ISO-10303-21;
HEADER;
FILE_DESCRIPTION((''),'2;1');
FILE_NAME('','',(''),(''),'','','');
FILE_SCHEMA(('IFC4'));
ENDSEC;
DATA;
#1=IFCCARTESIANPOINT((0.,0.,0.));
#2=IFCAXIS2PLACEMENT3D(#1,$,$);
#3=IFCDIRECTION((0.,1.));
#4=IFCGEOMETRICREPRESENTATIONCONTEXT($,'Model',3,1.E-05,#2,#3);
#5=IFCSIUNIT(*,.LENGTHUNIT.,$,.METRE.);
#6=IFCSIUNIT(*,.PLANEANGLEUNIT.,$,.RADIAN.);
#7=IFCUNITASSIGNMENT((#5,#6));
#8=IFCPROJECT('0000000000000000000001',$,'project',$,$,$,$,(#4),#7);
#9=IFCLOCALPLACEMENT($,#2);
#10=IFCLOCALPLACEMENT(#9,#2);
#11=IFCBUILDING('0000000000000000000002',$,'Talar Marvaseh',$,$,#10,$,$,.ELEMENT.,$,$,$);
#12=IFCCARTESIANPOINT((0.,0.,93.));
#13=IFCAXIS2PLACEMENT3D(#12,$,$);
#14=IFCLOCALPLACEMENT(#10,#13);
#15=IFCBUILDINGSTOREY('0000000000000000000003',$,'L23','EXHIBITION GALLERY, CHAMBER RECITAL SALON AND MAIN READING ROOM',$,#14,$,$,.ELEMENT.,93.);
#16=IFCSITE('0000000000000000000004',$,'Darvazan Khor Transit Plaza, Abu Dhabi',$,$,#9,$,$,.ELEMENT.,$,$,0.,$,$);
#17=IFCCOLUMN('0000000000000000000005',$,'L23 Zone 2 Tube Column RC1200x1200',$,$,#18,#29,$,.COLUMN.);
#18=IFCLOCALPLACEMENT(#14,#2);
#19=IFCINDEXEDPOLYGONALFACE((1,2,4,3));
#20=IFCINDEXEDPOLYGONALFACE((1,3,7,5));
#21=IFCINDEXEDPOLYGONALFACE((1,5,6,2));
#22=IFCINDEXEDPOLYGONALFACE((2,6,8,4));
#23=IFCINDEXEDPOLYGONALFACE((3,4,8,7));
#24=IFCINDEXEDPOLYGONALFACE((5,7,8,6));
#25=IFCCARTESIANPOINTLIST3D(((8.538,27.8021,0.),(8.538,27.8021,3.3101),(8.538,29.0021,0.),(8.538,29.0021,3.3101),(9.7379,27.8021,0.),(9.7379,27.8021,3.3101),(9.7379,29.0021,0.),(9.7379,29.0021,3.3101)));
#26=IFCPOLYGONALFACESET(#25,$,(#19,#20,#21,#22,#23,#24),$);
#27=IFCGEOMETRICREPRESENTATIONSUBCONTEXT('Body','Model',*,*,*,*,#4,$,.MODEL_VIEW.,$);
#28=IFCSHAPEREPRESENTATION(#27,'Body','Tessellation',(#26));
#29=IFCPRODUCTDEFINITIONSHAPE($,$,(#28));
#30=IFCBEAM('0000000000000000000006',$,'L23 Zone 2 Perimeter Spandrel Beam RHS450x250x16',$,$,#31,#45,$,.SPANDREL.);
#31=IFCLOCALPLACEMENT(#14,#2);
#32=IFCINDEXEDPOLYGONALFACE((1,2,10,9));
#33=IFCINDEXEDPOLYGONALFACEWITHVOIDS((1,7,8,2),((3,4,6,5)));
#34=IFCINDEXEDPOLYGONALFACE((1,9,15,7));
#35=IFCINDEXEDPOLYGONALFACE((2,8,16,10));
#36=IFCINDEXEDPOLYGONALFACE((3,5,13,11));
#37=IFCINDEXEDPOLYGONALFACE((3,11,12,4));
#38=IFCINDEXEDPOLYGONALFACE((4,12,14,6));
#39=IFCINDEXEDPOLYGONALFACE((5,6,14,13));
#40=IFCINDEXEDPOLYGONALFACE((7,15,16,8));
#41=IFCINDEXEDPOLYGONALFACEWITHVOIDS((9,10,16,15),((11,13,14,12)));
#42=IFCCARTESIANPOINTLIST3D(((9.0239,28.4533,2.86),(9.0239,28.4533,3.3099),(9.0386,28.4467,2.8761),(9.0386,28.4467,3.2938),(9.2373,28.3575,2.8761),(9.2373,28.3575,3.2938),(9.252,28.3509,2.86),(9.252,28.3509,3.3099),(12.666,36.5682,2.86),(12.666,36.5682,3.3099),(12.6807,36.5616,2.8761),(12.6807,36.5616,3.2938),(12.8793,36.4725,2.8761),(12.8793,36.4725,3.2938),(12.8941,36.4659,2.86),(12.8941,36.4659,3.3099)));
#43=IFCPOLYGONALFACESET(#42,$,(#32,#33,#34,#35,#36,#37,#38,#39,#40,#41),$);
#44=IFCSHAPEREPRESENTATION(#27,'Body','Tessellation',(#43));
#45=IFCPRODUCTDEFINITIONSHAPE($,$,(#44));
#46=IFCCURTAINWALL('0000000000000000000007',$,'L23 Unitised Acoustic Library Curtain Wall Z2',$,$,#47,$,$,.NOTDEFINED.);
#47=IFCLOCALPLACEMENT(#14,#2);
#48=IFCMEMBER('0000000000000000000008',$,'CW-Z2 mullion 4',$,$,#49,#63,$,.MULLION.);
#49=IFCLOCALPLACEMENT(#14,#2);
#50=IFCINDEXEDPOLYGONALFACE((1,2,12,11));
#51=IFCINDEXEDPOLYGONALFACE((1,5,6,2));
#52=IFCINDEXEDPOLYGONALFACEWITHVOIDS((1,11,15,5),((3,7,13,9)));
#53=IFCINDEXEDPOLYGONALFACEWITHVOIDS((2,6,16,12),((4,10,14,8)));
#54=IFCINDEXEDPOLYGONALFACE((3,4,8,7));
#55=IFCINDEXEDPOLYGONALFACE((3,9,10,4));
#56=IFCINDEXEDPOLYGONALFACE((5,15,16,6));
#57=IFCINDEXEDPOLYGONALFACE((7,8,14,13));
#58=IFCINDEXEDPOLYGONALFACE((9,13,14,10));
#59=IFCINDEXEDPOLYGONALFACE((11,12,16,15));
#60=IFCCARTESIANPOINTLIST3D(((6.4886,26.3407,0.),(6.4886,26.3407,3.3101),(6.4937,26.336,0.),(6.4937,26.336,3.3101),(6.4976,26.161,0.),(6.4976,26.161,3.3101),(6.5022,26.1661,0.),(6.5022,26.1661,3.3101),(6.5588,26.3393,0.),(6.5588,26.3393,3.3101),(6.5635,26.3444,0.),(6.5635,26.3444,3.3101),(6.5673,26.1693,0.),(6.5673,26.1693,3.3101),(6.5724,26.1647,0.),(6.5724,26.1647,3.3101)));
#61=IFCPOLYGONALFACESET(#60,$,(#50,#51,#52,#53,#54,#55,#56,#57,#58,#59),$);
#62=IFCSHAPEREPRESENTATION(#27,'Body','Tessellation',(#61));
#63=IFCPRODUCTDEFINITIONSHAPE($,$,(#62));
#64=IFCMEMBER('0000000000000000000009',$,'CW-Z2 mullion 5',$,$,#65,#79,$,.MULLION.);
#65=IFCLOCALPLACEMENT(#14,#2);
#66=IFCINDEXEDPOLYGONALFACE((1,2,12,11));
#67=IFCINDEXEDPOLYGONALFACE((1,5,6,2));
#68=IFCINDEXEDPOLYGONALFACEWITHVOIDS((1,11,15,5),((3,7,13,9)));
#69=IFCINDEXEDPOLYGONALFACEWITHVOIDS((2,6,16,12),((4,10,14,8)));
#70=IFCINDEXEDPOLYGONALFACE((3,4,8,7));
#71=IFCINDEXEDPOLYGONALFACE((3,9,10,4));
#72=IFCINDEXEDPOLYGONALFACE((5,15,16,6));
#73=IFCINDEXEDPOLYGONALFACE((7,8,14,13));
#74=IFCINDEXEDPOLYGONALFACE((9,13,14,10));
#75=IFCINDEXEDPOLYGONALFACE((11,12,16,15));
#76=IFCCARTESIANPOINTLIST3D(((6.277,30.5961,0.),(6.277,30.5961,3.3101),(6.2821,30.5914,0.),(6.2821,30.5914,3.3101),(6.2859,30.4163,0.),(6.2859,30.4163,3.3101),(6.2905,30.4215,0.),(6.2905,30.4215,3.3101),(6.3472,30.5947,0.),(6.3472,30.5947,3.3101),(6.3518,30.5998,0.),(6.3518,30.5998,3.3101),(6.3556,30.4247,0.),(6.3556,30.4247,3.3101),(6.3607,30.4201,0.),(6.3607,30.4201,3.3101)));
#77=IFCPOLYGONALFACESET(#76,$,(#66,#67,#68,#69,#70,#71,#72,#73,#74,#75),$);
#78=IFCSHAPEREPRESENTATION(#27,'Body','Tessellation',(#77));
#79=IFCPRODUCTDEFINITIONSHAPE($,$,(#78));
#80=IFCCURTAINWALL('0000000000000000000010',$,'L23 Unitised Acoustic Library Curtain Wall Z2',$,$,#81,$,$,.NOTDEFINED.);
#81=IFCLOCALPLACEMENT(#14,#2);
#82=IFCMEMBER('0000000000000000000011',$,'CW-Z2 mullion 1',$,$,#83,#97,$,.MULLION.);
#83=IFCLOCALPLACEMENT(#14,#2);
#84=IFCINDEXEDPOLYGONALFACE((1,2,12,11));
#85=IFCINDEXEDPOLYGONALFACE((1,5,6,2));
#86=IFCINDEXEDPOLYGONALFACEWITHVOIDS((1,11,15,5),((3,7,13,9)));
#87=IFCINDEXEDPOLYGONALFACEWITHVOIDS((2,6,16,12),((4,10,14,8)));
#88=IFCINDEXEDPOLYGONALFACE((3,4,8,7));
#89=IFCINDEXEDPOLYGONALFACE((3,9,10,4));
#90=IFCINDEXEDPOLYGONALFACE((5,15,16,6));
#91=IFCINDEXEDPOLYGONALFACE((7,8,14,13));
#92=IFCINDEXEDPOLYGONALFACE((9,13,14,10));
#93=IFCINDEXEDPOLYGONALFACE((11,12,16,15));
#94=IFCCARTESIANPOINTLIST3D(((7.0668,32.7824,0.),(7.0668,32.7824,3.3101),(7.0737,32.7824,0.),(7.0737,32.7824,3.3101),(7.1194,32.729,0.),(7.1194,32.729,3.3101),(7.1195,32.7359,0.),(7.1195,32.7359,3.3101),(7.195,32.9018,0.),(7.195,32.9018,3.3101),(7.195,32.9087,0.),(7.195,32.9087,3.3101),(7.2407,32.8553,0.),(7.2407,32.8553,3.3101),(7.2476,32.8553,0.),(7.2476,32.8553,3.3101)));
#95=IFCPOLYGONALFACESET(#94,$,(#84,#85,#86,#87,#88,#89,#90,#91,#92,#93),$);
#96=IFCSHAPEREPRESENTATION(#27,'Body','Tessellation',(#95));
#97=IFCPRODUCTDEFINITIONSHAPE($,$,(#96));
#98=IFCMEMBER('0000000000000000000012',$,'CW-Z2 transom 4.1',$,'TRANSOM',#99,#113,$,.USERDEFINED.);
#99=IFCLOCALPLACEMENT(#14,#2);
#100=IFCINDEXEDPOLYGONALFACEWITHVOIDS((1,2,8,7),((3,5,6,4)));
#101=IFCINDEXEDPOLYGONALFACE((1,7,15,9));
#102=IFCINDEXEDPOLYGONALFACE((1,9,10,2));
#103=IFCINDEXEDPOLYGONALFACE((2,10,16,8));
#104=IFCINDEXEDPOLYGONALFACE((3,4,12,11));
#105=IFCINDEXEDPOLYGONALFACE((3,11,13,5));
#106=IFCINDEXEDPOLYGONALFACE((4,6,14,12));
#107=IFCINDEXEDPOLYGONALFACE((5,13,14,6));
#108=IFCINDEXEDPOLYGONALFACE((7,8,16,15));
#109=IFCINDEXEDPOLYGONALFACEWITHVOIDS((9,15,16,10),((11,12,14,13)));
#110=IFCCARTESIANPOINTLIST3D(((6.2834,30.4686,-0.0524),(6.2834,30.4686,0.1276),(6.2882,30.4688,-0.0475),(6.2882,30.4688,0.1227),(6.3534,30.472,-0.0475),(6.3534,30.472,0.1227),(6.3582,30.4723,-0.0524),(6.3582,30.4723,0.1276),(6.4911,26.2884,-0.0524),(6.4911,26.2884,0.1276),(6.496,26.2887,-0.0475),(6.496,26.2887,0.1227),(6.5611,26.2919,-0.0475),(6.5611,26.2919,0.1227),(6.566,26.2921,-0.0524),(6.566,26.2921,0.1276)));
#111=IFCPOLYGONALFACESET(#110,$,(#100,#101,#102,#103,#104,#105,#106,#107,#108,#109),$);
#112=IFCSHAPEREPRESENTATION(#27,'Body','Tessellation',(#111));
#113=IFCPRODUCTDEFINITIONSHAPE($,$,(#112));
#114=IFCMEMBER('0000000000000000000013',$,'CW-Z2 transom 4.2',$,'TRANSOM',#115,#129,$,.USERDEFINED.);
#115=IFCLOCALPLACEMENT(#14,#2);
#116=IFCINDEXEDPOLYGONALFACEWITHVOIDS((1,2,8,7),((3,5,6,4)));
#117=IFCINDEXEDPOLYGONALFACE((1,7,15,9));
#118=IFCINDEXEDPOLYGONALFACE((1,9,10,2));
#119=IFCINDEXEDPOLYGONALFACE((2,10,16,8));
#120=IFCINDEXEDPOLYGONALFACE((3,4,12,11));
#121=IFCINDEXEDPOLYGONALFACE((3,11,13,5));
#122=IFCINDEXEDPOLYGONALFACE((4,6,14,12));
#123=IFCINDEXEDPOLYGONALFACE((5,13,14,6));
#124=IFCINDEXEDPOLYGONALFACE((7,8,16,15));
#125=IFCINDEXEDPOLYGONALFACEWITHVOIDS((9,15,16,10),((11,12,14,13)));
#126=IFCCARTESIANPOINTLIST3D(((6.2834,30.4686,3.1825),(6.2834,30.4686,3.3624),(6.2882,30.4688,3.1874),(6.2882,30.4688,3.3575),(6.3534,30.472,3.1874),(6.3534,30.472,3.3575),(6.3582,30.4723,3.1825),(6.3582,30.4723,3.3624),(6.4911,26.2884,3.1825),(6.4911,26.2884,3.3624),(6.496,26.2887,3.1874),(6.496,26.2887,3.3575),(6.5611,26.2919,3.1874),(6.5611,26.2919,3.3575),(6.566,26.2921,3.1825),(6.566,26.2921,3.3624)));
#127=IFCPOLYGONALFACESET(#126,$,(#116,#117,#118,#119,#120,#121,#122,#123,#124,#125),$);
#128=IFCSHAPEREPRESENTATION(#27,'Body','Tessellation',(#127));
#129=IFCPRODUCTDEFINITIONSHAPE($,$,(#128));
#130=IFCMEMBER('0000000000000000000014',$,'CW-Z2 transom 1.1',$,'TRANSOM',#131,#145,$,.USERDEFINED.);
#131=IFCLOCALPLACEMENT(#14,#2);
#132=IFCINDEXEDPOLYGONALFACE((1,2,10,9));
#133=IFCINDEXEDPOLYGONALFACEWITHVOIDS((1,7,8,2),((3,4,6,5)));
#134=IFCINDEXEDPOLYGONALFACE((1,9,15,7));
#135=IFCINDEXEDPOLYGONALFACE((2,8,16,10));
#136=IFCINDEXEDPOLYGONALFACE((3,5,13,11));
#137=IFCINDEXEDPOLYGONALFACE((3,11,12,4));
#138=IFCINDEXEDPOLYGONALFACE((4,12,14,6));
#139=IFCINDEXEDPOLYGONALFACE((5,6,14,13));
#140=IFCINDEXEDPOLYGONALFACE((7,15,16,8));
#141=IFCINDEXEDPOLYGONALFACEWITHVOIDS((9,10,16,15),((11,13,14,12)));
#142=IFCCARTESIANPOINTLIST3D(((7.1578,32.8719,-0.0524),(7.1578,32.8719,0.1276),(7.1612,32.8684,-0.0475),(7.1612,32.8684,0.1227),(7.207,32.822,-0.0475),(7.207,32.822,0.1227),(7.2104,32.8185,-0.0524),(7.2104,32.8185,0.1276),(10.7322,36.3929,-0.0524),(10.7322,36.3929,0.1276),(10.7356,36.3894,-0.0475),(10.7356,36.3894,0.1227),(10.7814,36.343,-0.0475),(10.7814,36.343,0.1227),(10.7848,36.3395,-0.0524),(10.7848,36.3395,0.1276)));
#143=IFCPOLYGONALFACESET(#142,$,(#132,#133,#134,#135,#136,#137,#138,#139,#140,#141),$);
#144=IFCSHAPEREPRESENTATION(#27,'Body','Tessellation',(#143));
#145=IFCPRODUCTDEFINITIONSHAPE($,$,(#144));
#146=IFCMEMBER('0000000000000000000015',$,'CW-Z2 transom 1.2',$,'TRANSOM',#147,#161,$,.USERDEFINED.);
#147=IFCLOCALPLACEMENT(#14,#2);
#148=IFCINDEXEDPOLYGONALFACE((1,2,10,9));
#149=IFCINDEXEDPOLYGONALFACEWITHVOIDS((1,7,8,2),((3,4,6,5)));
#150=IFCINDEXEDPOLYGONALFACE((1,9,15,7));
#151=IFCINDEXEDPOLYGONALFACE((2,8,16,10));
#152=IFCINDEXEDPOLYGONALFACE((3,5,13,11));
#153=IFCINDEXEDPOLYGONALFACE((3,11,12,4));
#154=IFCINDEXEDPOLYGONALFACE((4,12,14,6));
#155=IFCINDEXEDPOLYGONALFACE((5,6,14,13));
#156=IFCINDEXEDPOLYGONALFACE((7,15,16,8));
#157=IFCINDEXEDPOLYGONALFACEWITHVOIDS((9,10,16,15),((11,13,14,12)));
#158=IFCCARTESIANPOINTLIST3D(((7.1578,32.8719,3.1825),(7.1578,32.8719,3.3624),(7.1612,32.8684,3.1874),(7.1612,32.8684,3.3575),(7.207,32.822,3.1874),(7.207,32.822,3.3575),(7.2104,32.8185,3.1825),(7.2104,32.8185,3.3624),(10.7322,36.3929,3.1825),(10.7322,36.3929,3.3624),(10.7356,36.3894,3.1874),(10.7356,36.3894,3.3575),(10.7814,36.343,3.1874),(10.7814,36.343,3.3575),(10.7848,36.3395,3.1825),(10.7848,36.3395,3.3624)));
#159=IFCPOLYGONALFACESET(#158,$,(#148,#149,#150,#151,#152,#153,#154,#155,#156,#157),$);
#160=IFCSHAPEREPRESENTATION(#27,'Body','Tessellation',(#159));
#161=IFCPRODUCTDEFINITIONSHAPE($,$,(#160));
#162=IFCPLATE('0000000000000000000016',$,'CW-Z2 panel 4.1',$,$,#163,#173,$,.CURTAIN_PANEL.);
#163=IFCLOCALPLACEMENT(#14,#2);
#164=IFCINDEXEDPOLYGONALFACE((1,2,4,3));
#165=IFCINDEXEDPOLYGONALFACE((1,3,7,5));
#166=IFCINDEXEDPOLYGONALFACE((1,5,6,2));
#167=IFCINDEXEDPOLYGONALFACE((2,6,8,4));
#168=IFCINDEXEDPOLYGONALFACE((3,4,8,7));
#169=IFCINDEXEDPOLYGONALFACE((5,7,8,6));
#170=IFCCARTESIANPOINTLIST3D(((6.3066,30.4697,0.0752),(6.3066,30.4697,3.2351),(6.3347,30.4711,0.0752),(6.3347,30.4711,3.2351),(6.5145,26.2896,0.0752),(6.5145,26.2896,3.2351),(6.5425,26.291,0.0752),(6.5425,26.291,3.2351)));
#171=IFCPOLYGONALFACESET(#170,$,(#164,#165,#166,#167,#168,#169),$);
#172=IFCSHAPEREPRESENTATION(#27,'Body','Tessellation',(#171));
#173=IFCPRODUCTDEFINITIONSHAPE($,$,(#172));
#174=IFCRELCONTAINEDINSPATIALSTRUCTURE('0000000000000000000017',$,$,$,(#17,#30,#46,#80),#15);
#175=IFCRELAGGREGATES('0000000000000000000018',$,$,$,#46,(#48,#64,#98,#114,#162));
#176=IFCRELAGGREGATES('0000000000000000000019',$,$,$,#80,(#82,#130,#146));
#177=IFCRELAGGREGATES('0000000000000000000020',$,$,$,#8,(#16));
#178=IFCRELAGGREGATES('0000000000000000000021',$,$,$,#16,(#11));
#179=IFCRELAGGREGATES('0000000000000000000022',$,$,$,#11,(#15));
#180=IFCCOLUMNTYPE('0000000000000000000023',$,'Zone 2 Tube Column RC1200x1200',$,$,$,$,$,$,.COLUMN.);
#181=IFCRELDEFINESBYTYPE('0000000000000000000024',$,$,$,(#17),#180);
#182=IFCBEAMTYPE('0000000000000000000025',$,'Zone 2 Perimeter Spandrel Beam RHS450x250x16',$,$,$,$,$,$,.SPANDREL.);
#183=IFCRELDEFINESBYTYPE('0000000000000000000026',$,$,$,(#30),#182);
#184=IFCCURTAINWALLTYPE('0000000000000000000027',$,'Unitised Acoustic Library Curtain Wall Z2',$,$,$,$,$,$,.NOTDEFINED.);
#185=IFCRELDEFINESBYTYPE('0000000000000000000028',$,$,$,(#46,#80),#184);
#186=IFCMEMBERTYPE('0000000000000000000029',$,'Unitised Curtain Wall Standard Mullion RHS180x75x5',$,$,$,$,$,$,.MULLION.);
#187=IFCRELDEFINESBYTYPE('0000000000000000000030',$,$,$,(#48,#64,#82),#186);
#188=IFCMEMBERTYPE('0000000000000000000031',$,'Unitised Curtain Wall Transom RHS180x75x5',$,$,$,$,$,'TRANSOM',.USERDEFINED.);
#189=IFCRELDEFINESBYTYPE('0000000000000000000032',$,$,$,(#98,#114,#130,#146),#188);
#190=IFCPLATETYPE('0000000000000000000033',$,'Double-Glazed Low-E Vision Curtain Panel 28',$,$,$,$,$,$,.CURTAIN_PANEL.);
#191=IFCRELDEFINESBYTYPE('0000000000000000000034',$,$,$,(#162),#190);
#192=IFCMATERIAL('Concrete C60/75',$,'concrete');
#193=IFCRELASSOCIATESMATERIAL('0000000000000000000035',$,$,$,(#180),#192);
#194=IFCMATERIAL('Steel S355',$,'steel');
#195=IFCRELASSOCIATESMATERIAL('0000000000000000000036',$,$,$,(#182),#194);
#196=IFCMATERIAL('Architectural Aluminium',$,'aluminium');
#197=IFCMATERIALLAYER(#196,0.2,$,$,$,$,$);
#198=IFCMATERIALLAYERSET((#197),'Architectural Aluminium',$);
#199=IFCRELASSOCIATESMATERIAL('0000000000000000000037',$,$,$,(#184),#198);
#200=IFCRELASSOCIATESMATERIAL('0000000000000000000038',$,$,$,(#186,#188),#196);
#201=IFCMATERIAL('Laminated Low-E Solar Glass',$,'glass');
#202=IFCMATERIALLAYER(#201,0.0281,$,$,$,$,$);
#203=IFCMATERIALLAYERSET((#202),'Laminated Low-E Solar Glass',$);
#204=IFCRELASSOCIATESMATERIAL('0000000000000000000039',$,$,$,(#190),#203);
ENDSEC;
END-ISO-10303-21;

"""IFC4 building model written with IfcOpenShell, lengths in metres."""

from ifc_helpers import new_model, si_unit, direction, frame, origin, origin_2d, place, context, subcontext, project, spatial, rectangle, hollow_rectangle, extrude, source, transform, mapped, material, layer, layer_set, material_profile, profile_set, type_object, type_shapes, element, aggregate, save


model = new_model("IFC4")

# Units and contexts
model_context = context("Model", 3, precision=1e-05, world=origin(), true_north=direction((0.0, 1.0)))
body_context = subcontext(model_context, "Body", "Model", "MODEL_VIEW")
ifc_project = project(units=[si_unit("LENGTHUNIT", "METRE"), si_unit("PLANEANGLEUNIT", "RADIAN")], contexts=[model_context])

# Site, building, storey
site_placement = place(None, origin())
site = spatial("IfcSite", under=ifc_project, at=site_placement, Name="Darvazan Khor Transit Plaza, Abu Dhabi", CompositionType="ELEMENT", RefElevation=0.0)
building_placement = place(site_placement, origin())
building = spatial("IfcBuilding", under=site, at=building_placement, Name="Talar Marvaseh", CompositionType="ELEMENT")
storey_placement = place(building_placement, frame((0.0, 0.0, 93.0)))
storey = spatial("IfcBuildingStorey", under=building, at=storey_placement, Name="L23", Description="EXHIBITION GALLERY, CHAMBER RECITAL SALON AND MAIN READING ROOM", CompositionType="ELEMENT", Elevation=93.0)

# Column
ifc_material_1 = material(Name="Concrete C60/75", Category="concrete")
ifc_material_profile_1 = material_profile(ifc_material_1, rectangle(XDim=1.2, YDim=1.2, at=origin_2d()), Name="RC1200x1200")
ifc_profile_set_1 = profile_set([ifc_material_profile_1], Name="Concrete C60/75")
column_type = type_object("IfcColumnType", Name="Zone 2 Tube Column RC1200x1200", PredefinedType="COLUMN", material=ifc_profile_set_1)
column_placement = place(storey_placement, frame((9.1379, 28.4021, 0.0), z_axis=(0.0, 0.0, 1.0), x_axis=(1.0, 0.0, 0.0)))
element("IfcColumn", 1, at=column_placement, inside=storey, type_object=column_type, Name="L23 Zone 2 Tube Column RC1200x1200", PredefinedType="COLUMN", context=body_context, shape_type="SweptSolid", body=[
    extrude(rectangle(XDim=1.2, YDim=1.2, at=origin_2d()), origin(), (0.0, 0.0, 1.0), 3.3101),
])

# Beam
ifc_material_2 = material(Name="Steel S355", Category="steel")
ifc_material_profile_2 = material_profile(ifc_material_2, hollow_rectangle(XDim=0.25, YDim=0.45, WallThickness=0.0161, at=origin_2d()), Name="RHS450x250x16")
ifc_profile_set_2 = profile_set([ifc_material_profile_2], Name="Steel S355")
beam_type = type_object("IfcBeamType", Name="Zone 2 Perimeter Spandrel Beam RHS450x250x16", PredefinedType="SPANDREL", material=ifc_profile_set_2)
beam_placement = place(storey_placement, frame((9.1379, 28.4021, 3.085), z_axis=(0.409462, 0.912327, 0.0), x_axis=(-0.912327, 0.409462, 0.0)))
element("IfcBeam", 2, at=beam_placement, inside=storey, type_object=beam_type, Name="L23 Zone 2 Perimeter Spandrel Beam RHS450x250x16", PredefinedType="SPANDREL", context=body_context, shape_type="SweptSolid", body=[
    extrude(hollow_rectangle(XDim=0.25, YDim=0.45, WallThickness=0.0161, at=origin_2d()), origin(), (0.0, 0.0, 1.0), 8.8948),
])

# Curtain wall, members
ifc_material_3 = material(Name="Architectural Aluminium", Category="aluminium")
ifc_layer_1 = layer(ifc_material_3, 0.2)
ifc_layer_set_1 = layer_set([ifc_layer_1], Name="Architectural Aluminium")
curtain_wall_type = type_object("IfcCurtainWallType", Name="Unitised Acoustic Library Curtain Wall Z2", PredefinedType="NOTDEFINED", material=ifc_layer_set_1)
curtain_wall_1_placement = place(storey_placement, origin())
curtain_wall_1 = element("IfcCurtainWall", 3, at=curtain_wall_1_placement, inside=storey, type_object=curtain_wall_type, Name="L23 Unitised Acoustic Library Curtain Wall Z2", PredefinedType="NOTDEFINED")
ifc_material_profile_3 = material_profile(ifc_material_3, hollow_rectangle(XDim=0.075, YDim=0.1799, WallThickness=0.0049, at=origin_2d()), Name="RHS180x75x5")
ifc_profile_set_3 = profile_set([ifc_material_profile_3], Name="Architectural Aluminium")
member_type_1 = type_object("IfcMemberType", Name="Unitised Curtain Wall Standard Mullion RHS180x75x5", PredefinedType="MULLION", material=ifc_profile_set_3)
shared_shape_1 = source(origin(), body_context, "Body", "SweptSolid", [
    extrude(hollow_rectangle(XDim=0.075, YDim=0.1799, WallThickness=0.0049, at=origin_2d()), origin(), (0.0, 0.0, 1.0), 3.3101),
])
type_shapes(member_type_1, [shared_shape_1])
member_1_placement = place(storey_placement, frame((6.5305, 26.2527, 0.0), z_axis=(0.0, 0.0, 1.0), x_axis=(-0.998766, -0.049658, 0.0)))
member_1 = element("IfcMember", 4, at=member_1_placement, type_object=member_type_1, Name="CW-Z2 mullion 4", PredefinedType="MULLION", context=body_context, shape_type="MappedRepresentation", body=[
    mapped(shared_shape_1, transform((0.0, 0.0, 0.0), x_axis=(1.0, 0.0, 0.0), y_axis=(0.0, 1.0, 0.0), z_axis=(0.0, 0.0, 1.0), scale=1.0)),
])
member_2_placement = place(storey_placement, frame((6.3188, 30.5081, 0.0), z_axis=(0.0, 0.0, 1.0), x_axis=(-0.998766, -0.049658, 0.0)))
member_2 = element("IfcMember", 5, at=member_2_placement, type_object=member_type_1, Name="CW-Z2 mullion 5", PredefinedType="MULLION", context=body_context, shape_type="MappedRepresentation", body=[
    mapped(shared_shape_1, transform((0.0, 0.0, 0.0), x_axis=(1.0, 0.0, 0.0), y_axis=(0.0, 1.0, 0.0), z_axis=(0.0, 0.0, 1.0), scale=1.0)),
])

# Curtain wall, member
curtain_wall_2_placement = place(storey_placement, origin())
curtain_wall_2 = element("IfcCurtainWall", 6, at=curtain_wall_2_placement, inside=storey, type_object=curtain_wall_type, Name="L23 Unitised Acoustic Library Curtain Wall Z2", PredefinedType="NOTDEFINED")
member_3_placement = place(storey_placement, frame((7.1572, 32.8188, 0.0), z_axis=(0.0, 0.0, 1.0), x_axis=(-0.701755, 0.712418, 0.0)))
member_3 = element("IfcMember", 7, at=member_3_placement, type_object=member_type_1, Name="CW-Z2 mullion 1", PredefinedType="MULLION", context=body_context, shape_type="MappedRepresentation", body=[
    mapped(shared_shape_1, transform((0.0, 0.0, 0.0), x_axis=(1.0, 0.0, 0.0), y_axis=(0.0, 1.0, 0.0), z_axis=(0.0, 0.0, 1.0), scale=1.0)),
])

# Members
ifc_material_profile_4 = material_profile(ifc_material_3, hollow_rectangle(XDim=0.075, YDim=0.1799, WallThickness=0.0049, at=origin_2d()), Name="RHS180x75x5")
ifc_profile_set_4 = profile_set([ifc_material_profile_4], Name="Architectural Aluminium")
member_type_2 = type_object("IfcMemberType", Name="Unitised Curtain Wall Transom RHS180x75x5", ElementType="TRANSOM", PredefinedType="USERDEFINED", material=ifc_profile_set_4)
shared_shape_2 = source(origin(), body_context, "Body", "SweptSolid", [
    extrude(hollow_rectangle(XDim=0.075, YDim=0.1799, WallThickness=0.0049, at=origin_2d()), origin(), (0.0, 0.0, 1.0), 4.1853),
])
member_4_placement = place(storey_placement, frame((6.5286, 26.2903, 0.0376), z_axis=(-0.049641, 0.998767, 0.0), x_axis=(-0.998767, -0.049641, 0.0)))
member_4 = element("IfcMember", 8, at=member_4_placement, type_object=member_type_2, Name="CW-Z2 transom 4.1", ObjectType="TRANSOM", PredefinedType="USERDEFINED", context=body_context, shape_type="MappedRepresentation", body=[
    mapped(shared_shape_2, transform((0.0, 0.0, 0.0), x_axis=(1.0, 0.0, 0.0), y_axis=(0.0, 1.0, 0.0), z_axis=(0.0, 0.0, 1.0), scale=1.0)),
])
member_5_placement = place(storey_placement, frame((6.5286, 26.2903, 3.2725), z_axis=(-0.049641, 0.998767, 0.0), x_axis=(-0.998767, -0.049641, 0.0)))
member_5 = element("IfcMember", 9, at=member_5_placement, type_object=member_type_2, Name="CW-Z2 transom 4.2", ObjectType="TRANSOM", PredefinedType="USERDEFINED", context=body_context, shape_type="MappedRepresentation", body=[
    mapped(shared_shape_2, transform((0.0, 0.0, 0.0), x_axis=(1.0, 0.0, 0.0), y_axis=(0.0, 1.0, 0.0), z_axis=(0.0, 0.0, 1.0), scale=1.0)),
])
shared_shape_3 = source(origin(), body_context, "Body", "SweptSolid", [
    extrude(hollow_rectangle(XDim=0.075, YDim=0.1799, WallThickness=0.0049, at=origin_2d()), origin(), (0.0, 0.0, 1.0), 5.0173),
])
type_shapes(member_type_2, [shared_shape_2, shared_shape_3])
member_6_placement = place(storey_placement, frame((7.1841, 32.8452, 0.0376), z_axis=(0.712415, 0.701759, 0.0), x_axis=(-0.701759, 0.712415, 0.0)))
member_6 = element("IfcMember", 10, at=member_6_placement, type_object=member_type_2, Name="CW-Z2 transom 1.1", ObjectType="TRANSOM", PredefinedType="USERDEFINED", context=body_context, shape_type="MappedRepresentation", body=[
    mapped(shared_shape_3, transform((0.0, 0.0, 0.0), x_axis=(1.0, 0.0, 0.0), y_axis=(0.0, 1.0, 0.0), z_axis=(0.0, 0.0, 1.0), scale=1.0)),
])
member_7_placement = place(storey_placement, frame((7.1841, 32.8452, 3.2725), z_axis=(0.712415, 0.701759, 0.0), x_axis=(-0.701759, 0.712415, 0.0)))
member_7 = element("IfcMember", 11, at=member_7_placement, type_object=member_type_2, Name="CW-Z2 transom 1.2", ObjectType="TRANSOM", PredefinedType="USERDEFINED", context=body_context, shape_type="MappedRepresentation", body=[
    mapped(shared_shape_3, transform((0.0, 0.0, 0.0), x_axis=(1.0, 0.0, 0.0), y_axis=(0.0, 1.0, 0.0), z_axis=(0.0, 0.0, 1.0), scale=1.0)),
])

# Plate
ifc_material_4 = material(Name="Laminated Low-E Solar Glass", Category="glass")
ifc_layer_2 = layer(ifc_material_4, 0.0281)
ifc_layer_set_2 = layer_set([ifc_layer_2], Name="Laminated Low-E Solar Glass")
plate_type = type_object("IfcPlateType", Name="Double-Glazed Low-E Vision Curtain Panel 28", PredefinedType="CURTAIN_PANEL", material=ifc_layer_set_2)
shared_shape_4 = source(origin(), body_context, "Body", "SweptSolid", [
    extrude(rectangle(XDim=4.1853, YDim=0.0281, at=origin_2d()), origin(), (0.0, 0.0, 1.0), 3.1599),
])
plate_1_placement = place(storey_placement, frame((6.4246, 28.3804, 0.0752), z_axis=(0.0, 0.0, 1.0), x_axis=(-0.049658, 0.998766, 0.0)))
plate_1 = element("IfcPlate", 12, at=plate_1_placement, type_object=plate_type, Name="CW-Z2 panel 4.1", PredefinedType="CURTAIN_PANEL", context=body_context, shape_type="MappedRepresentation", body=[
    mapped(shared_shape_4, transform((0.0, 0.0, 0.0), x_axis=(1.0, 0.0, 0.0), y_axis=(0.0, 1.0, 0.0), z_axis=(0.0, 0.0, 1.0), scale=1.0)),
])
aggregate(curtain_wall_1, [member_1, member_2, member_4, member_5, plate_1])
aggregate(curtain_wall_2, [member_3, member_6, member_7])

save(model, "model.ifc")
